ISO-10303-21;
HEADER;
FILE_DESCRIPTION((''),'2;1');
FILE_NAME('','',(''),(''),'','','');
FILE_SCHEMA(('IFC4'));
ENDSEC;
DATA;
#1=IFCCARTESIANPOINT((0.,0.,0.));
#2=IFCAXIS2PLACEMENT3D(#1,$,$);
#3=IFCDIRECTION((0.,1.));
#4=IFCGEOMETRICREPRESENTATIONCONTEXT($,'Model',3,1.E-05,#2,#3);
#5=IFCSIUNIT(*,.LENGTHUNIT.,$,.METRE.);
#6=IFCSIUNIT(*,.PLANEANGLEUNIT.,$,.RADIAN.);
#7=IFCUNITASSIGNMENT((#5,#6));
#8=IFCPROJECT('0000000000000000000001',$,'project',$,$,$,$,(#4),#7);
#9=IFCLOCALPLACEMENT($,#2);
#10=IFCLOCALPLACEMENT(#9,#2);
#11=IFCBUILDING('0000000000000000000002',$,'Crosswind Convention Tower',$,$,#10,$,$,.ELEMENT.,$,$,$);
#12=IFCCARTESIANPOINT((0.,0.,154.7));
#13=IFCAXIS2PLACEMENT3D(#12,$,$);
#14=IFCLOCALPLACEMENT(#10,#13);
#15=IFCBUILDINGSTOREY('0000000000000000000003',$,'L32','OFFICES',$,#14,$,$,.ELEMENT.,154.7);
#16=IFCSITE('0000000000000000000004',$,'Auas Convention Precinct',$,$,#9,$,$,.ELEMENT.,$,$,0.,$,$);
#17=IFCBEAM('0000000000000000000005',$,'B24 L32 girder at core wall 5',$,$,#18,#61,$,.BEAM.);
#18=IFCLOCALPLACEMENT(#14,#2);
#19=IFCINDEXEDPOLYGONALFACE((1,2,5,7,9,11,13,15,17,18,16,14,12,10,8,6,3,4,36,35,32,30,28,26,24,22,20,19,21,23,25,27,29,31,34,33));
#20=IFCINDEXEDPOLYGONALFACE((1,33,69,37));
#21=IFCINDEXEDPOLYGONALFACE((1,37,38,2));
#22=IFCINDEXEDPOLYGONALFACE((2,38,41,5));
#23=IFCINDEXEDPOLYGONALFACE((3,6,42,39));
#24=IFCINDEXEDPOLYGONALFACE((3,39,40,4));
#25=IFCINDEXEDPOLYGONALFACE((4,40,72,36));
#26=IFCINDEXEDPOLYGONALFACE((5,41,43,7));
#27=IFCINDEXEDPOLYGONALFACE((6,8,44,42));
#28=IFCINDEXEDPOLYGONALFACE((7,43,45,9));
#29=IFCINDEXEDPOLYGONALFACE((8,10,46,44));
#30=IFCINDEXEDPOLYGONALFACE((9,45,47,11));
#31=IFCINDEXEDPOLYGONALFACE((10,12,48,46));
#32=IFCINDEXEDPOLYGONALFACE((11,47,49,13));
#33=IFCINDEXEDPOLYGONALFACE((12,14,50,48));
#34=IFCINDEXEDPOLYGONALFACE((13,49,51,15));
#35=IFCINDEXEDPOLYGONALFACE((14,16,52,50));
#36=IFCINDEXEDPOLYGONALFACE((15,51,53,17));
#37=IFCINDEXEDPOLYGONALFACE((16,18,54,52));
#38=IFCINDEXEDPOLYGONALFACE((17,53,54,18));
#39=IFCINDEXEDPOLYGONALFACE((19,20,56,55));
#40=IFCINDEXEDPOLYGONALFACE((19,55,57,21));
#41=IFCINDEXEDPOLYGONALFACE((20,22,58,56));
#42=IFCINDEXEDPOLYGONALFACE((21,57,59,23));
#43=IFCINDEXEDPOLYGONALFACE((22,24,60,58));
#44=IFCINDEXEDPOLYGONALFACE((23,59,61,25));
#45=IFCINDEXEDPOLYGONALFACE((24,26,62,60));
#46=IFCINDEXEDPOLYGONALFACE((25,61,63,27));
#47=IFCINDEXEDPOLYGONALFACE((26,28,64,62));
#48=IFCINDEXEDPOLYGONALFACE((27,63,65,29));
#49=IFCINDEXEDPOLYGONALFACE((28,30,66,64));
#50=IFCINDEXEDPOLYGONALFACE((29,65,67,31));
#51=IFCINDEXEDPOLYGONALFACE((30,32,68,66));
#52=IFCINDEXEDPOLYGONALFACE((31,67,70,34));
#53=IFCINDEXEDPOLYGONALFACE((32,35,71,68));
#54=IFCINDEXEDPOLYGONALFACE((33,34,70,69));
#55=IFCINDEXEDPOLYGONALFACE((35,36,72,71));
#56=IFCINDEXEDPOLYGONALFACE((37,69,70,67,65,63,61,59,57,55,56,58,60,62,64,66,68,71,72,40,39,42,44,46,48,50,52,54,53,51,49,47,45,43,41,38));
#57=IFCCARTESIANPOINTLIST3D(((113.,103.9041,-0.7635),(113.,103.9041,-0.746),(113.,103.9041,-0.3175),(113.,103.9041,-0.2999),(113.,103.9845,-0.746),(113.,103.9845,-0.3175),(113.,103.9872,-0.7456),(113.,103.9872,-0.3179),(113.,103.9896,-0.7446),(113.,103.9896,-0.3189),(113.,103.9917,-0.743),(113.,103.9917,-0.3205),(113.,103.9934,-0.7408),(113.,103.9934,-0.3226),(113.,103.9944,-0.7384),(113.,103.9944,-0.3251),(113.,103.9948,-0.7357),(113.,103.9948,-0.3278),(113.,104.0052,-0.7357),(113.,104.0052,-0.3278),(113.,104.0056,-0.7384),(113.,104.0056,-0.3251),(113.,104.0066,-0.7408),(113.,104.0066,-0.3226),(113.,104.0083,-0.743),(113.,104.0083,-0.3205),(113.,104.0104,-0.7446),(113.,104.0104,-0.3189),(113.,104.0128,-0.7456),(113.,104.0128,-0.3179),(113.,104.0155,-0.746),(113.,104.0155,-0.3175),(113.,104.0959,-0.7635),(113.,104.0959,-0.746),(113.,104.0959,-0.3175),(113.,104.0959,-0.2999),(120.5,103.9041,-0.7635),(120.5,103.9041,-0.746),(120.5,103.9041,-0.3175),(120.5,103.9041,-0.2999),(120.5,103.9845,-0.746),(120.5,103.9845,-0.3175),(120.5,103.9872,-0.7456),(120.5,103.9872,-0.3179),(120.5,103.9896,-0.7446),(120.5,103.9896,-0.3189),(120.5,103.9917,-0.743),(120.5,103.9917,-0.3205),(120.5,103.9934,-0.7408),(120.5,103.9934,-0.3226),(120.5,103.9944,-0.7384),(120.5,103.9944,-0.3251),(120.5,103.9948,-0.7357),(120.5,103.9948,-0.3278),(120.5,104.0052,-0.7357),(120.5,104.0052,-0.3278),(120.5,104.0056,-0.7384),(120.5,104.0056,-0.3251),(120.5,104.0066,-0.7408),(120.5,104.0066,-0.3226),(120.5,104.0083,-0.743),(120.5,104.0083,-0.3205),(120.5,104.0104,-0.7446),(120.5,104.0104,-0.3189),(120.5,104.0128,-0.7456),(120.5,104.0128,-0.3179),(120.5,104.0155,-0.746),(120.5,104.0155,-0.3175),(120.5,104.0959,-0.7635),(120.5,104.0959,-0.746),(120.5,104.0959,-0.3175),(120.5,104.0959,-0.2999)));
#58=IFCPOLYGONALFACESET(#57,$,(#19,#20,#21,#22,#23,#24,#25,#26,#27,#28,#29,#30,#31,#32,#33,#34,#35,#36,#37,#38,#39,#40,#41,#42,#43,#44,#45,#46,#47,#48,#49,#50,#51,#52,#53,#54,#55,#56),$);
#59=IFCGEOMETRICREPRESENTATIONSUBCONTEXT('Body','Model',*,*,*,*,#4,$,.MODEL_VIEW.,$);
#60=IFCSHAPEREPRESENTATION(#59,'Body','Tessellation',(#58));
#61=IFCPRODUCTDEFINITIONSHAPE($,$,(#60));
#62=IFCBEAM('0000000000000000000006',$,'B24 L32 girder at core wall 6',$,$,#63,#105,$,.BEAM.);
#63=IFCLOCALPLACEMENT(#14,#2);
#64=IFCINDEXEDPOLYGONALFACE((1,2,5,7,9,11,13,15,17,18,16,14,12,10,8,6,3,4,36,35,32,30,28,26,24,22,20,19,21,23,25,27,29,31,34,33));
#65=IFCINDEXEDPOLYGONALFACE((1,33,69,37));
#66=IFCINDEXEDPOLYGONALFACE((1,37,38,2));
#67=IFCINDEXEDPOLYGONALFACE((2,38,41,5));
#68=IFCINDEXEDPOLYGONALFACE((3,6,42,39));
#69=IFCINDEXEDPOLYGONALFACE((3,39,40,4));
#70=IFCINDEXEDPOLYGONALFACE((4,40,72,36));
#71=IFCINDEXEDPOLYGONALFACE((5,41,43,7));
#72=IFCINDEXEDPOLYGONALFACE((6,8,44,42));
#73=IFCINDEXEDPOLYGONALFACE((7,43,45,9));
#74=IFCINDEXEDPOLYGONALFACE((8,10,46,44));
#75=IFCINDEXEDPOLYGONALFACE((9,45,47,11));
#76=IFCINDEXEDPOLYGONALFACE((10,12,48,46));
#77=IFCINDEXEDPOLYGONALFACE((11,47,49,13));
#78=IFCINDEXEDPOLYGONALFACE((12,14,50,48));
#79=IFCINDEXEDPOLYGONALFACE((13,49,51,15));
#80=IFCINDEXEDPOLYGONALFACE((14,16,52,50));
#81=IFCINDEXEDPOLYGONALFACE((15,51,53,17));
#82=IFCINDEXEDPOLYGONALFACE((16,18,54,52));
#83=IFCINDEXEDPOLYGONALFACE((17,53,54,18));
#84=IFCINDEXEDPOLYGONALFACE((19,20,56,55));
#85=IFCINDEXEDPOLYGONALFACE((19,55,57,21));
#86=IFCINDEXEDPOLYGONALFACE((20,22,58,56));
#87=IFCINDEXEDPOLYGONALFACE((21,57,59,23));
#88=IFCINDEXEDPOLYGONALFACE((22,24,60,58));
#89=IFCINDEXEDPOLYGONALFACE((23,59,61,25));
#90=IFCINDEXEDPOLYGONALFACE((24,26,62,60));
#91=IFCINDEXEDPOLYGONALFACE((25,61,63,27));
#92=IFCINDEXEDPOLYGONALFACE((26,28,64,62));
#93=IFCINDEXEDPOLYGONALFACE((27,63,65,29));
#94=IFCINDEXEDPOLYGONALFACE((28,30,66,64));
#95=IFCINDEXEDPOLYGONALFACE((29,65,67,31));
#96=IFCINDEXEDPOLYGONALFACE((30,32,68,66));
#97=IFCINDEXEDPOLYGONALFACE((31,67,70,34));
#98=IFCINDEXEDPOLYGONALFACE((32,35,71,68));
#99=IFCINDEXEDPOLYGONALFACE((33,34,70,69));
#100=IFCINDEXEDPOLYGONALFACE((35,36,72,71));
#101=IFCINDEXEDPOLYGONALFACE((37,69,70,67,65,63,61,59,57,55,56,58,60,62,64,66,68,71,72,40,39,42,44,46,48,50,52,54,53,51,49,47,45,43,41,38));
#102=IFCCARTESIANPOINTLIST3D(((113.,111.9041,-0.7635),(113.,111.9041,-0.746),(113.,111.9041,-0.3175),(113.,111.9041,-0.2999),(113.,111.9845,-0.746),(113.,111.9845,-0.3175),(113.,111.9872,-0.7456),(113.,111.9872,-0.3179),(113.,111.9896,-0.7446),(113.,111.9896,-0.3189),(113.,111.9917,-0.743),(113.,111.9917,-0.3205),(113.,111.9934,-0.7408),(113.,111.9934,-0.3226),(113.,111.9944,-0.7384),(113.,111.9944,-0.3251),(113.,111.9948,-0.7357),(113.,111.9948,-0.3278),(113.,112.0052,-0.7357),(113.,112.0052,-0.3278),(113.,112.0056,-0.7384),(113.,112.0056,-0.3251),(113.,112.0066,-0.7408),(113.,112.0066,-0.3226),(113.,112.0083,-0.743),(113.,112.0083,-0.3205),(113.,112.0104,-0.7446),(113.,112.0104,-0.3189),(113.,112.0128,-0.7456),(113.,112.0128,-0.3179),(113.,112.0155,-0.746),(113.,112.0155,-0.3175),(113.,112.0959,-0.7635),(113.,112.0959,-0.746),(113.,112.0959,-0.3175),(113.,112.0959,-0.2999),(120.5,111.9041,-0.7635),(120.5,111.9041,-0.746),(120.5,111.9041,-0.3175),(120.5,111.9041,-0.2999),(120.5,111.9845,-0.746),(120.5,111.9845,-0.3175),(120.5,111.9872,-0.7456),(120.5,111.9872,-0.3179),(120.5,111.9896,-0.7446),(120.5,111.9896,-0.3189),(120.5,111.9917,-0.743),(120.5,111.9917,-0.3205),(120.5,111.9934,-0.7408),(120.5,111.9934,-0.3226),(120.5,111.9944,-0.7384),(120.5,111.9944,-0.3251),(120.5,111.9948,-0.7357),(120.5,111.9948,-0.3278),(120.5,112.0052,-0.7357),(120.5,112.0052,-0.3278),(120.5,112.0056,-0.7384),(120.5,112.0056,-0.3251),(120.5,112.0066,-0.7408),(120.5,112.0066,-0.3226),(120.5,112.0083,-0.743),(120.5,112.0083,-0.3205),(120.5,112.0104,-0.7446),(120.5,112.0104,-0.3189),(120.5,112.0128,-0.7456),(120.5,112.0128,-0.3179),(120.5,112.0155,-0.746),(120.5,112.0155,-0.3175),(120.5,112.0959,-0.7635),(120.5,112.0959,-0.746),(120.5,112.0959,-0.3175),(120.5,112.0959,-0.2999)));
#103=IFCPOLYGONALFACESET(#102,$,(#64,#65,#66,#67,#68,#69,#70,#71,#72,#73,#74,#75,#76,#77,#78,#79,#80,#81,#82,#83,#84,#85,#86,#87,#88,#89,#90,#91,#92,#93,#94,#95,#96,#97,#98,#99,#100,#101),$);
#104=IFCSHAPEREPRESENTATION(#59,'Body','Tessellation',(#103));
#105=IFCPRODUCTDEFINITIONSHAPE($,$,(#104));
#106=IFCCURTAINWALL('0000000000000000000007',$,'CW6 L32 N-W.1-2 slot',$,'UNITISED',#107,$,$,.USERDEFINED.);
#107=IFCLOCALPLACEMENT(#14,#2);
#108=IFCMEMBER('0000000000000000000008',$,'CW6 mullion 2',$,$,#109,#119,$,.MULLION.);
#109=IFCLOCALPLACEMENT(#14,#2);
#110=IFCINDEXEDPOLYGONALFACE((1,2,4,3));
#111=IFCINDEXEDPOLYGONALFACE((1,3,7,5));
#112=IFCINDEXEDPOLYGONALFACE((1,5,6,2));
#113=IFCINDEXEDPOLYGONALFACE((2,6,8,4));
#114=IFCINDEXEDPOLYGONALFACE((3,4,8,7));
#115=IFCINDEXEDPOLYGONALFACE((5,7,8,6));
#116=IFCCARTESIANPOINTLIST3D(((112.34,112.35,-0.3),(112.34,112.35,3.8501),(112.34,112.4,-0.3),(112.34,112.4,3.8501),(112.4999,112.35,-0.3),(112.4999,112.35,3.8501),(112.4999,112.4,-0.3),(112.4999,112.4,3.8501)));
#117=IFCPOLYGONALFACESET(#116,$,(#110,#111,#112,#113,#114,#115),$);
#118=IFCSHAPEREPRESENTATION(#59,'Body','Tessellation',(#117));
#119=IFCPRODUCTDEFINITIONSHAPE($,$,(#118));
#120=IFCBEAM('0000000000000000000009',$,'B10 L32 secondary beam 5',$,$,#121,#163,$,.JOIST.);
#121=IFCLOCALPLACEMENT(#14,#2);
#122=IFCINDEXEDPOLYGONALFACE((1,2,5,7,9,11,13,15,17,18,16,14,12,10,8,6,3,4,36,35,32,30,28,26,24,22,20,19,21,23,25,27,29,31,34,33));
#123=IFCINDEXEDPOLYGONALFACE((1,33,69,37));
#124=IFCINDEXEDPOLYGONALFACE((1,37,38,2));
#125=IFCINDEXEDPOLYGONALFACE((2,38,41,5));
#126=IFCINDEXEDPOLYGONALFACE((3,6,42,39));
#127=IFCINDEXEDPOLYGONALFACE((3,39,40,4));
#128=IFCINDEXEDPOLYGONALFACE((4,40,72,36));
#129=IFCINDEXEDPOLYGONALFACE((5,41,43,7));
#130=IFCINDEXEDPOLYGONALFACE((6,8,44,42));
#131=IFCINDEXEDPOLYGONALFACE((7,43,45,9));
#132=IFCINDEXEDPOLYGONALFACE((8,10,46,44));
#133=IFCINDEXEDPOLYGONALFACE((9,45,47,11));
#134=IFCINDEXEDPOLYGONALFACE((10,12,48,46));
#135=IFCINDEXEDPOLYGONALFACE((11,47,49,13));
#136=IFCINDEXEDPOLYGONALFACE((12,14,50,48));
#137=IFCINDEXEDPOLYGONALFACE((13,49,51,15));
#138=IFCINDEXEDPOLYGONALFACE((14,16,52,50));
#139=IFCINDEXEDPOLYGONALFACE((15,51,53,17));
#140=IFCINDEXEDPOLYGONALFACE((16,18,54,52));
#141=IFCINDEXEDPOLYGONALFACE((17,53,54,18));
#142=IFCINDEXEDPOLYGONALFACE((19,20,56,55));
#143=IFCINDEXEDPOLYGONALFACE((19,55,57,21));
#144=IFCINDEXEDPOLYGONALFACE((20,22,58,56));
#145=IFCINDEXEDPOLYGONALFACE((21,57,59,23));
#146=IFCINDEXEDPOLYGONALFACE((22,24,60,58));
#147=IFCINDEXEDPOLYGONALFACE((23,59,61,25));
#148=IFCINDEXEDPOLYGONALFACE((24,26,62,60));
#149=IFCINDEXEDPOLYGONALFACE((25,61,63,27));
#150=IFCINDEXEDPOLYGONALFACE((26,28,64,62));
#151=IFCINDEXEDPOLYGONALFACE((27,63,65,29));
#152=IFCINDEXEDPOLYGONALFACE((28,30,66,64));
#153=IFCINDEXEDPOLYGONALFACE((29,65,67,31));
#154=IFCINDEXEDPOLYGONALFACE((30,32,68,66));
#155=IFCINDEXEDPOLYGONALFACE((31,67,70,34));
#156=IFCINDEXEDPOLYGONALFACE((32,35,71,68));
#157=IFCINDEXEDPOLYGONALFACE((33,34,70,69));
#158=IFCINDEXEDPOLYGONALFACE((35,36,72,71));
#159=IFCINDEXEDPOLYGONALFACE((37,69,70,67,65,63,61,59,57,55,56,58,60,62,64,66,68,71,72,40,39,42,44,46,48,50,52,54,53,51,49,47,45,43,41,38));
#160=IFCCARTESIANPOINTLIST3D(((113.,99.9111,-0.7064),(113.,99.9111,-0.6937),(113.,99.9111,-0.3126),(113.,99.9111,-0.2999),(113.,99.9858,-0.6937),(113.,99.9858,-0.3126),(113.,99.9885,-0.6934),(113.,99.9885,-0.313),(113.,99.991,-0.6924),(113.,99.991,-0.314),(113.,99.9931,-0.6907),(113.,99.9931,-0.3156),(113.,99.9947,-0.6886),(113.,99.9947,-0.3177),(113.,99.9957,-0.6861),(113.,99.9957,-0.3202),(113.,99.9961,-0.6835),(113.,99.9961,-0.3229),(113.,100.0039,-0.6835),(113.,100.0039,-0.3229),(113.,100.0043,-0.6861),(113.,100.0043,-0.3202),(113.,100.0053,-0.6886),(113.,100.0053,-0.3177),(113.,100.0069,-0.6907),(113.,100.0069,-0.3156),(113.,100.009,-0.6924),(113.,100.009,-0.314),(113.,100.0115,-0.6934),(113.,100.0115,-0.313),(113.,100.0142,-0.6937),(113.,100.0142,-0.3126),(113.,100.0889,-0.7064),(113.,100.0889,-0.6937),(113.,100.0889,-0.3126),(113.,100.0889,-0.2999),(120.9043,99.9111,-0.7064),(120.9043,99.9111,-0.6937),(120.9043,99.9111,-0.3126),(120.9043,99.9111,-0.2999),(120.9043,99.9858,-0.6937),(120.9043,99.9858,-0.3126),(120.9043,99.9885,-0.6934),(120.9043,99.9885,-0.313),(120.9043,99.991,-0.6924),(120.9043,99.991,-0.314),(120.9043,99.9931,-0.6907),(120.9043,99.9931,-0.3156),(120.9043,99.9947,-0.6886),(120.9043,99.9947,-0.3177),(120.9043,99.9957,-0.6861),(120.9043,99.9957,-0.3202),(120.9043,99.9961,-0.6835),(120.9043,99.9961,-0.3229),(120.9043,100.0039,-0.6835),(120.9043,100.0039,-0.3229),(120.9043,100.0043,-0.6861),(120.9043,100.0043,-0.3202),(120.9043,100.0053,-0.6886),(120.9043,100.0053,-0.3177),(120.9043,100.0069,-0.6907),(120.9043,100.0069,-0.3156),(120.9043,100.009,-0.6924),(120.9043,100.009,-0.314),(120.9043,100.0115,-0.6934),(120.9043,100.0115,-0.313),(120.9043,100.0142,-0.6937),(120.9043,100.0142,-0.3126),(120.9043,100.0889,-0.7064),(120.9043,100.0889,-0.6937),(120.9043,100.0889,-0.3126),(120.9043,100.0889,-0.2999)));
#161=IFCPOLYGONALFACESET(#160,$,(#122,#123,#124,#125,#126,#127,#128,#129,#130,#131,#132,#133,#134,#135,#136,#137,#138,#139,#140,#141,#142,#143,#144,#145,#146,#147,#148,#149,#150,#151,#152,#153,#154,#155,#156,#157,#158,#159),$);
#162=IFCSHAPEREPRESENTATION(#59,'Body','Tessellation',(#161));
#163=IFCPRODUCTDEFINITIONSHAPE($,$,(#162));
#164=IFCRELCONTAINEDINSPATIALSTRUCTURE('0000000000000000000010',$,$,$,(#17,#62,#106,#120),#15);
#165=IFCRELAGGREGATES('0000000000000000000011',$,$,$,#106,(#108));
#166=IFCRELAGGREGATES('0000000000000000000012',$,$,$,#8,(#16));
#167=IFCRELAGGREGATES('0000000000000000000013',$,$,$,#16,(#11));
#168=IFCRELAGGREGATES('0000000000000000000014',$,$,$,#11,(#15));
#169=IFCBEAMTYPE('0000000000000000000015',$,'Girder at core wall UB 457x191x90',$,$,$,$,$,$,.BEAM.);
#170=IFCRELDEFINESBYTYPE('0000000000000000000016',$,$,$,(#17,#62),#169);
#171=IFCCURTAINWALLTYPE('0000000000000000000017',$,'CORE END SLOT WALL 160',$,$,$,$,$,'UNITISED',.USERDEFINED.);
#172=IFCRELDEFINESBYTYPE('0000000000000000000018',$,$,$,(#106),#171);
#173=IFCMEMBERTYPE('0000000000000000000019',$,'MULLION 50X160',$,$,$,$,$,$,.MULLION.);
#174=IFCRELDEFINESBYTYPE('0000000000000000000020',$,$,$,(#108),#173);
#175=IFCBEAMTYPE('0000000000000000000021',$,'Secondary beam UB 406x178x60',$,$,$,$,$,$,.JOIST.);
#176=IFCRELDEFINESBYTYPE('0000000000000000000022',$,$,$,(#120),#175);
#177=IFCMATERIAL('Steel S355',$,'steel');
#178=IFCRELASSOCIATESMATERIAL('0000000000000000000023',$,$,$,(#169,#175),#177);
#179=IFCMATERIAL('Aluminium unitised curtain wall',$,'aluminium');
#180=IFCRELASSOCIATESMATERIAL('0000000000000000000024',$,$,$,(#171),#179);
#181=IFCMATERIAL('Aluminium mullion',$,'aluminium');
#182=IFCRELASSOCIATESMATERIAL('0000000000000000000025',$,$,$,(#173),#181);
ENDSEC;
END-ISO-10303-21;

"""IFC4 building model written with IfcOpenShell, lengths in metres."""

from ifc_helpers import new_model, si_unit, direction, frame, origin, origin_2d, place, context, subcontext, project, spatial, rectangle, i_section, extrude, material, material_profile, profile_set, type_object, element, aggregate, save


model = new_model("IFC4")

# Units and contexts
model_context = context("Model", 3, precision=1e-05, world=origin(), true_north=direction((0.0, 1.0)))
body_context = subcontext(model_context, "Body", "Model", "MODEL_VIEW")
ifc_project = project(units=[si_unit("LENGTHUNIT", "METRE"), si_unit("PLANEANGLEUNIT", "RADIAN")], contexts=[model_context])

# Site, building, storey
site_placement = place(None, origin())
site = spatial("IfcSite", under=ifc_project, at=site_placement, Name="Auas Convention Precinct", CompositionType="ELEMENT", RefElevation=0.0)
building_placement = place(site_placement, origin())
building = spatial("IfcBuilding", under=site, at=building_placement, Name="Crosswind Convention Tower", CompositionType="ELEMENT")
storey_placement = place(building_placement, frame((0.0, 0.0, 154.7)))
storey = spatial("IfcBuildingStorey", under=building, at=storey_placement, Name="L32", Description="OFFICES", CompositionType="ELEMENT", Elevation=154.7)

# Beams
ifc_material_1 = material(Name="Steel S355", Category="steel")
ifc_material_profile_1 = material_profile(ifc_material_1, i_section(OverallWidth=0.1919, OverallDepth=0.4636, WebThickness=0.0105, FlangeThickness=0.0176, FilletRadius=0.0103, at=origin_2d()), Name="UB 457x191x90")
ifc_profile_set_1 = profile_set([ifc_material_profile_1], Name="Steel S355")
beam_type_1 = type_object("IfcBeamType", Name="Girder at core wall UB 457x191x90", PredefinedType="BEAM", material=ifc_profile_set_1)
for number, where, z_axis, x_axis, name in (
    (1, (113.0, 104.0, -0.5317), (1.0, 0.0, 0.0), (0.0, 1.0, 0.0), "B24 L32 girder at core wall 5"),
    (2, (113.0, 112.0, -0.5317), (1.0, 0.0, 0.0), (0.0, 1.0, 0.0), "B24 L32 girder at core wall 6"),
):
    element("IfcBeam", number, at=place(storey_placement, frame(where, z_axis=z_axis, x_axis=x_axis)), inside=storey, type_object=beam_type_1, Name=name, PredefinedType="BEAM", context=body_context, shape_type="SweptSolid", body=[
        extrude(i_section(OverallWidth=0.1919, OverallDepth=0.4636, WebThickness=0.0105, FlangeThickness=0.0176, FilletRadius=0.0103, at=origin_2d()), origin(), (0.0, 0.0, 1.0), 7.5),
    ])

# Curtain wall, member
ifc_material_2 = material(Name="Aluminium unitised curtain wall", Category="aluminium")
curtain_wall_type = type_object("IfcCurtainWallType", Name="CORE END SLOT WALL 160", ElementType="UNITISED", PredefinedType="USERDEFINED", material=ifc_material_2)
curtain_wall_placement = place(storey_placement, origin())
curtain_wall = element("IfcCurtainWall", 3, at=curtain_wall_placement, inside=storey, type_object=curtain_wall_type, Name="CW6 L32 N-W.1-2 slot", ObjectType="UNITISED", PredefinedType="USERDEFINED")
ifc_material_3 = material(Name="Aluminium mullion", Category="aluminium")
ifc_material_profile_2 = material_profile(ifc_material_3, rectangle(XDim=0.1599, YDim=0.05, at=origin_2d()), Name="AL 160X50")
ifc_profile_set_2 = profile_set([ifc_material_profile_2], Name="Aluminium mullion")
member_type = type_object("IfcMemberType", Name="MULLION 50X160", PredefinedType="MULLION", material=ifc_profile_set_2)
member_placement = place(storey_placement, frame((112.4199, 112.375, -0.3), z_axis=(0.0, 0.0, 1.0), x_axis=(-1.0, 0.0, 0.0)))
member = element("IfcMember", 4, at=member_placement, type_object=member_type, Name="CW6 mullion 2", PredefinedType="MULLION", context=body_context, shape_type="SweptSolid", body=[
    extrude(rectangle(XDim=0.1599, YDim=0.05, at=origin_2d()), origin(), (0.0, 0.0, 1.0), 4.1501),
])
aggregate(curtain_wall, [member])

# Beam
ifc_material_profile_3 = material_profile(ifc_material_1, i_section(OverallWidth=0.1777, OverallDepth=0.4065, WebThickness=0.0078, FlangeThickness=0.0127, FilletRadius=0.0103, at=origin_2d()), Name="UB 406x178x60")
ifc_profile_set_3 = profile_set([ifc_material_profile_3], Name="Steel S355")
beam_type_2 = type_object("IfcBeamType", Name="Secondary beam UB 406x178x60", PredefinedType="JOIST", material=ifc_profile_set_3)
for number, where, z_axis, x_axis, name in (
    (5, (113.0, 100.0, -0.5032), (1.0, 0.0, 0.0), (0.0, 1.0, 0.0), "B10 L32 secondary beam 5"),
):
    element("IfcBeam", number, at=place(storey_placement, frame(where, z_axis=z_axis, x_axis=x_axis)), inside=storey, type_object=beam_type_2, Name=name, PredefinedType="JOIST", context=body_context, shape_type="SweptSolid", body=[
        extrude(i_section(OverallWidth=0.1777, OverallDepth=0.4065, WebThickness=0.0078, FlangeThickness=0.0127, FilletRadius=0.0103, at=origin_2d()), origin(), (0.0, 0.0, 1.0), 7.9043),
    ])

save(model, "model.ifc")
